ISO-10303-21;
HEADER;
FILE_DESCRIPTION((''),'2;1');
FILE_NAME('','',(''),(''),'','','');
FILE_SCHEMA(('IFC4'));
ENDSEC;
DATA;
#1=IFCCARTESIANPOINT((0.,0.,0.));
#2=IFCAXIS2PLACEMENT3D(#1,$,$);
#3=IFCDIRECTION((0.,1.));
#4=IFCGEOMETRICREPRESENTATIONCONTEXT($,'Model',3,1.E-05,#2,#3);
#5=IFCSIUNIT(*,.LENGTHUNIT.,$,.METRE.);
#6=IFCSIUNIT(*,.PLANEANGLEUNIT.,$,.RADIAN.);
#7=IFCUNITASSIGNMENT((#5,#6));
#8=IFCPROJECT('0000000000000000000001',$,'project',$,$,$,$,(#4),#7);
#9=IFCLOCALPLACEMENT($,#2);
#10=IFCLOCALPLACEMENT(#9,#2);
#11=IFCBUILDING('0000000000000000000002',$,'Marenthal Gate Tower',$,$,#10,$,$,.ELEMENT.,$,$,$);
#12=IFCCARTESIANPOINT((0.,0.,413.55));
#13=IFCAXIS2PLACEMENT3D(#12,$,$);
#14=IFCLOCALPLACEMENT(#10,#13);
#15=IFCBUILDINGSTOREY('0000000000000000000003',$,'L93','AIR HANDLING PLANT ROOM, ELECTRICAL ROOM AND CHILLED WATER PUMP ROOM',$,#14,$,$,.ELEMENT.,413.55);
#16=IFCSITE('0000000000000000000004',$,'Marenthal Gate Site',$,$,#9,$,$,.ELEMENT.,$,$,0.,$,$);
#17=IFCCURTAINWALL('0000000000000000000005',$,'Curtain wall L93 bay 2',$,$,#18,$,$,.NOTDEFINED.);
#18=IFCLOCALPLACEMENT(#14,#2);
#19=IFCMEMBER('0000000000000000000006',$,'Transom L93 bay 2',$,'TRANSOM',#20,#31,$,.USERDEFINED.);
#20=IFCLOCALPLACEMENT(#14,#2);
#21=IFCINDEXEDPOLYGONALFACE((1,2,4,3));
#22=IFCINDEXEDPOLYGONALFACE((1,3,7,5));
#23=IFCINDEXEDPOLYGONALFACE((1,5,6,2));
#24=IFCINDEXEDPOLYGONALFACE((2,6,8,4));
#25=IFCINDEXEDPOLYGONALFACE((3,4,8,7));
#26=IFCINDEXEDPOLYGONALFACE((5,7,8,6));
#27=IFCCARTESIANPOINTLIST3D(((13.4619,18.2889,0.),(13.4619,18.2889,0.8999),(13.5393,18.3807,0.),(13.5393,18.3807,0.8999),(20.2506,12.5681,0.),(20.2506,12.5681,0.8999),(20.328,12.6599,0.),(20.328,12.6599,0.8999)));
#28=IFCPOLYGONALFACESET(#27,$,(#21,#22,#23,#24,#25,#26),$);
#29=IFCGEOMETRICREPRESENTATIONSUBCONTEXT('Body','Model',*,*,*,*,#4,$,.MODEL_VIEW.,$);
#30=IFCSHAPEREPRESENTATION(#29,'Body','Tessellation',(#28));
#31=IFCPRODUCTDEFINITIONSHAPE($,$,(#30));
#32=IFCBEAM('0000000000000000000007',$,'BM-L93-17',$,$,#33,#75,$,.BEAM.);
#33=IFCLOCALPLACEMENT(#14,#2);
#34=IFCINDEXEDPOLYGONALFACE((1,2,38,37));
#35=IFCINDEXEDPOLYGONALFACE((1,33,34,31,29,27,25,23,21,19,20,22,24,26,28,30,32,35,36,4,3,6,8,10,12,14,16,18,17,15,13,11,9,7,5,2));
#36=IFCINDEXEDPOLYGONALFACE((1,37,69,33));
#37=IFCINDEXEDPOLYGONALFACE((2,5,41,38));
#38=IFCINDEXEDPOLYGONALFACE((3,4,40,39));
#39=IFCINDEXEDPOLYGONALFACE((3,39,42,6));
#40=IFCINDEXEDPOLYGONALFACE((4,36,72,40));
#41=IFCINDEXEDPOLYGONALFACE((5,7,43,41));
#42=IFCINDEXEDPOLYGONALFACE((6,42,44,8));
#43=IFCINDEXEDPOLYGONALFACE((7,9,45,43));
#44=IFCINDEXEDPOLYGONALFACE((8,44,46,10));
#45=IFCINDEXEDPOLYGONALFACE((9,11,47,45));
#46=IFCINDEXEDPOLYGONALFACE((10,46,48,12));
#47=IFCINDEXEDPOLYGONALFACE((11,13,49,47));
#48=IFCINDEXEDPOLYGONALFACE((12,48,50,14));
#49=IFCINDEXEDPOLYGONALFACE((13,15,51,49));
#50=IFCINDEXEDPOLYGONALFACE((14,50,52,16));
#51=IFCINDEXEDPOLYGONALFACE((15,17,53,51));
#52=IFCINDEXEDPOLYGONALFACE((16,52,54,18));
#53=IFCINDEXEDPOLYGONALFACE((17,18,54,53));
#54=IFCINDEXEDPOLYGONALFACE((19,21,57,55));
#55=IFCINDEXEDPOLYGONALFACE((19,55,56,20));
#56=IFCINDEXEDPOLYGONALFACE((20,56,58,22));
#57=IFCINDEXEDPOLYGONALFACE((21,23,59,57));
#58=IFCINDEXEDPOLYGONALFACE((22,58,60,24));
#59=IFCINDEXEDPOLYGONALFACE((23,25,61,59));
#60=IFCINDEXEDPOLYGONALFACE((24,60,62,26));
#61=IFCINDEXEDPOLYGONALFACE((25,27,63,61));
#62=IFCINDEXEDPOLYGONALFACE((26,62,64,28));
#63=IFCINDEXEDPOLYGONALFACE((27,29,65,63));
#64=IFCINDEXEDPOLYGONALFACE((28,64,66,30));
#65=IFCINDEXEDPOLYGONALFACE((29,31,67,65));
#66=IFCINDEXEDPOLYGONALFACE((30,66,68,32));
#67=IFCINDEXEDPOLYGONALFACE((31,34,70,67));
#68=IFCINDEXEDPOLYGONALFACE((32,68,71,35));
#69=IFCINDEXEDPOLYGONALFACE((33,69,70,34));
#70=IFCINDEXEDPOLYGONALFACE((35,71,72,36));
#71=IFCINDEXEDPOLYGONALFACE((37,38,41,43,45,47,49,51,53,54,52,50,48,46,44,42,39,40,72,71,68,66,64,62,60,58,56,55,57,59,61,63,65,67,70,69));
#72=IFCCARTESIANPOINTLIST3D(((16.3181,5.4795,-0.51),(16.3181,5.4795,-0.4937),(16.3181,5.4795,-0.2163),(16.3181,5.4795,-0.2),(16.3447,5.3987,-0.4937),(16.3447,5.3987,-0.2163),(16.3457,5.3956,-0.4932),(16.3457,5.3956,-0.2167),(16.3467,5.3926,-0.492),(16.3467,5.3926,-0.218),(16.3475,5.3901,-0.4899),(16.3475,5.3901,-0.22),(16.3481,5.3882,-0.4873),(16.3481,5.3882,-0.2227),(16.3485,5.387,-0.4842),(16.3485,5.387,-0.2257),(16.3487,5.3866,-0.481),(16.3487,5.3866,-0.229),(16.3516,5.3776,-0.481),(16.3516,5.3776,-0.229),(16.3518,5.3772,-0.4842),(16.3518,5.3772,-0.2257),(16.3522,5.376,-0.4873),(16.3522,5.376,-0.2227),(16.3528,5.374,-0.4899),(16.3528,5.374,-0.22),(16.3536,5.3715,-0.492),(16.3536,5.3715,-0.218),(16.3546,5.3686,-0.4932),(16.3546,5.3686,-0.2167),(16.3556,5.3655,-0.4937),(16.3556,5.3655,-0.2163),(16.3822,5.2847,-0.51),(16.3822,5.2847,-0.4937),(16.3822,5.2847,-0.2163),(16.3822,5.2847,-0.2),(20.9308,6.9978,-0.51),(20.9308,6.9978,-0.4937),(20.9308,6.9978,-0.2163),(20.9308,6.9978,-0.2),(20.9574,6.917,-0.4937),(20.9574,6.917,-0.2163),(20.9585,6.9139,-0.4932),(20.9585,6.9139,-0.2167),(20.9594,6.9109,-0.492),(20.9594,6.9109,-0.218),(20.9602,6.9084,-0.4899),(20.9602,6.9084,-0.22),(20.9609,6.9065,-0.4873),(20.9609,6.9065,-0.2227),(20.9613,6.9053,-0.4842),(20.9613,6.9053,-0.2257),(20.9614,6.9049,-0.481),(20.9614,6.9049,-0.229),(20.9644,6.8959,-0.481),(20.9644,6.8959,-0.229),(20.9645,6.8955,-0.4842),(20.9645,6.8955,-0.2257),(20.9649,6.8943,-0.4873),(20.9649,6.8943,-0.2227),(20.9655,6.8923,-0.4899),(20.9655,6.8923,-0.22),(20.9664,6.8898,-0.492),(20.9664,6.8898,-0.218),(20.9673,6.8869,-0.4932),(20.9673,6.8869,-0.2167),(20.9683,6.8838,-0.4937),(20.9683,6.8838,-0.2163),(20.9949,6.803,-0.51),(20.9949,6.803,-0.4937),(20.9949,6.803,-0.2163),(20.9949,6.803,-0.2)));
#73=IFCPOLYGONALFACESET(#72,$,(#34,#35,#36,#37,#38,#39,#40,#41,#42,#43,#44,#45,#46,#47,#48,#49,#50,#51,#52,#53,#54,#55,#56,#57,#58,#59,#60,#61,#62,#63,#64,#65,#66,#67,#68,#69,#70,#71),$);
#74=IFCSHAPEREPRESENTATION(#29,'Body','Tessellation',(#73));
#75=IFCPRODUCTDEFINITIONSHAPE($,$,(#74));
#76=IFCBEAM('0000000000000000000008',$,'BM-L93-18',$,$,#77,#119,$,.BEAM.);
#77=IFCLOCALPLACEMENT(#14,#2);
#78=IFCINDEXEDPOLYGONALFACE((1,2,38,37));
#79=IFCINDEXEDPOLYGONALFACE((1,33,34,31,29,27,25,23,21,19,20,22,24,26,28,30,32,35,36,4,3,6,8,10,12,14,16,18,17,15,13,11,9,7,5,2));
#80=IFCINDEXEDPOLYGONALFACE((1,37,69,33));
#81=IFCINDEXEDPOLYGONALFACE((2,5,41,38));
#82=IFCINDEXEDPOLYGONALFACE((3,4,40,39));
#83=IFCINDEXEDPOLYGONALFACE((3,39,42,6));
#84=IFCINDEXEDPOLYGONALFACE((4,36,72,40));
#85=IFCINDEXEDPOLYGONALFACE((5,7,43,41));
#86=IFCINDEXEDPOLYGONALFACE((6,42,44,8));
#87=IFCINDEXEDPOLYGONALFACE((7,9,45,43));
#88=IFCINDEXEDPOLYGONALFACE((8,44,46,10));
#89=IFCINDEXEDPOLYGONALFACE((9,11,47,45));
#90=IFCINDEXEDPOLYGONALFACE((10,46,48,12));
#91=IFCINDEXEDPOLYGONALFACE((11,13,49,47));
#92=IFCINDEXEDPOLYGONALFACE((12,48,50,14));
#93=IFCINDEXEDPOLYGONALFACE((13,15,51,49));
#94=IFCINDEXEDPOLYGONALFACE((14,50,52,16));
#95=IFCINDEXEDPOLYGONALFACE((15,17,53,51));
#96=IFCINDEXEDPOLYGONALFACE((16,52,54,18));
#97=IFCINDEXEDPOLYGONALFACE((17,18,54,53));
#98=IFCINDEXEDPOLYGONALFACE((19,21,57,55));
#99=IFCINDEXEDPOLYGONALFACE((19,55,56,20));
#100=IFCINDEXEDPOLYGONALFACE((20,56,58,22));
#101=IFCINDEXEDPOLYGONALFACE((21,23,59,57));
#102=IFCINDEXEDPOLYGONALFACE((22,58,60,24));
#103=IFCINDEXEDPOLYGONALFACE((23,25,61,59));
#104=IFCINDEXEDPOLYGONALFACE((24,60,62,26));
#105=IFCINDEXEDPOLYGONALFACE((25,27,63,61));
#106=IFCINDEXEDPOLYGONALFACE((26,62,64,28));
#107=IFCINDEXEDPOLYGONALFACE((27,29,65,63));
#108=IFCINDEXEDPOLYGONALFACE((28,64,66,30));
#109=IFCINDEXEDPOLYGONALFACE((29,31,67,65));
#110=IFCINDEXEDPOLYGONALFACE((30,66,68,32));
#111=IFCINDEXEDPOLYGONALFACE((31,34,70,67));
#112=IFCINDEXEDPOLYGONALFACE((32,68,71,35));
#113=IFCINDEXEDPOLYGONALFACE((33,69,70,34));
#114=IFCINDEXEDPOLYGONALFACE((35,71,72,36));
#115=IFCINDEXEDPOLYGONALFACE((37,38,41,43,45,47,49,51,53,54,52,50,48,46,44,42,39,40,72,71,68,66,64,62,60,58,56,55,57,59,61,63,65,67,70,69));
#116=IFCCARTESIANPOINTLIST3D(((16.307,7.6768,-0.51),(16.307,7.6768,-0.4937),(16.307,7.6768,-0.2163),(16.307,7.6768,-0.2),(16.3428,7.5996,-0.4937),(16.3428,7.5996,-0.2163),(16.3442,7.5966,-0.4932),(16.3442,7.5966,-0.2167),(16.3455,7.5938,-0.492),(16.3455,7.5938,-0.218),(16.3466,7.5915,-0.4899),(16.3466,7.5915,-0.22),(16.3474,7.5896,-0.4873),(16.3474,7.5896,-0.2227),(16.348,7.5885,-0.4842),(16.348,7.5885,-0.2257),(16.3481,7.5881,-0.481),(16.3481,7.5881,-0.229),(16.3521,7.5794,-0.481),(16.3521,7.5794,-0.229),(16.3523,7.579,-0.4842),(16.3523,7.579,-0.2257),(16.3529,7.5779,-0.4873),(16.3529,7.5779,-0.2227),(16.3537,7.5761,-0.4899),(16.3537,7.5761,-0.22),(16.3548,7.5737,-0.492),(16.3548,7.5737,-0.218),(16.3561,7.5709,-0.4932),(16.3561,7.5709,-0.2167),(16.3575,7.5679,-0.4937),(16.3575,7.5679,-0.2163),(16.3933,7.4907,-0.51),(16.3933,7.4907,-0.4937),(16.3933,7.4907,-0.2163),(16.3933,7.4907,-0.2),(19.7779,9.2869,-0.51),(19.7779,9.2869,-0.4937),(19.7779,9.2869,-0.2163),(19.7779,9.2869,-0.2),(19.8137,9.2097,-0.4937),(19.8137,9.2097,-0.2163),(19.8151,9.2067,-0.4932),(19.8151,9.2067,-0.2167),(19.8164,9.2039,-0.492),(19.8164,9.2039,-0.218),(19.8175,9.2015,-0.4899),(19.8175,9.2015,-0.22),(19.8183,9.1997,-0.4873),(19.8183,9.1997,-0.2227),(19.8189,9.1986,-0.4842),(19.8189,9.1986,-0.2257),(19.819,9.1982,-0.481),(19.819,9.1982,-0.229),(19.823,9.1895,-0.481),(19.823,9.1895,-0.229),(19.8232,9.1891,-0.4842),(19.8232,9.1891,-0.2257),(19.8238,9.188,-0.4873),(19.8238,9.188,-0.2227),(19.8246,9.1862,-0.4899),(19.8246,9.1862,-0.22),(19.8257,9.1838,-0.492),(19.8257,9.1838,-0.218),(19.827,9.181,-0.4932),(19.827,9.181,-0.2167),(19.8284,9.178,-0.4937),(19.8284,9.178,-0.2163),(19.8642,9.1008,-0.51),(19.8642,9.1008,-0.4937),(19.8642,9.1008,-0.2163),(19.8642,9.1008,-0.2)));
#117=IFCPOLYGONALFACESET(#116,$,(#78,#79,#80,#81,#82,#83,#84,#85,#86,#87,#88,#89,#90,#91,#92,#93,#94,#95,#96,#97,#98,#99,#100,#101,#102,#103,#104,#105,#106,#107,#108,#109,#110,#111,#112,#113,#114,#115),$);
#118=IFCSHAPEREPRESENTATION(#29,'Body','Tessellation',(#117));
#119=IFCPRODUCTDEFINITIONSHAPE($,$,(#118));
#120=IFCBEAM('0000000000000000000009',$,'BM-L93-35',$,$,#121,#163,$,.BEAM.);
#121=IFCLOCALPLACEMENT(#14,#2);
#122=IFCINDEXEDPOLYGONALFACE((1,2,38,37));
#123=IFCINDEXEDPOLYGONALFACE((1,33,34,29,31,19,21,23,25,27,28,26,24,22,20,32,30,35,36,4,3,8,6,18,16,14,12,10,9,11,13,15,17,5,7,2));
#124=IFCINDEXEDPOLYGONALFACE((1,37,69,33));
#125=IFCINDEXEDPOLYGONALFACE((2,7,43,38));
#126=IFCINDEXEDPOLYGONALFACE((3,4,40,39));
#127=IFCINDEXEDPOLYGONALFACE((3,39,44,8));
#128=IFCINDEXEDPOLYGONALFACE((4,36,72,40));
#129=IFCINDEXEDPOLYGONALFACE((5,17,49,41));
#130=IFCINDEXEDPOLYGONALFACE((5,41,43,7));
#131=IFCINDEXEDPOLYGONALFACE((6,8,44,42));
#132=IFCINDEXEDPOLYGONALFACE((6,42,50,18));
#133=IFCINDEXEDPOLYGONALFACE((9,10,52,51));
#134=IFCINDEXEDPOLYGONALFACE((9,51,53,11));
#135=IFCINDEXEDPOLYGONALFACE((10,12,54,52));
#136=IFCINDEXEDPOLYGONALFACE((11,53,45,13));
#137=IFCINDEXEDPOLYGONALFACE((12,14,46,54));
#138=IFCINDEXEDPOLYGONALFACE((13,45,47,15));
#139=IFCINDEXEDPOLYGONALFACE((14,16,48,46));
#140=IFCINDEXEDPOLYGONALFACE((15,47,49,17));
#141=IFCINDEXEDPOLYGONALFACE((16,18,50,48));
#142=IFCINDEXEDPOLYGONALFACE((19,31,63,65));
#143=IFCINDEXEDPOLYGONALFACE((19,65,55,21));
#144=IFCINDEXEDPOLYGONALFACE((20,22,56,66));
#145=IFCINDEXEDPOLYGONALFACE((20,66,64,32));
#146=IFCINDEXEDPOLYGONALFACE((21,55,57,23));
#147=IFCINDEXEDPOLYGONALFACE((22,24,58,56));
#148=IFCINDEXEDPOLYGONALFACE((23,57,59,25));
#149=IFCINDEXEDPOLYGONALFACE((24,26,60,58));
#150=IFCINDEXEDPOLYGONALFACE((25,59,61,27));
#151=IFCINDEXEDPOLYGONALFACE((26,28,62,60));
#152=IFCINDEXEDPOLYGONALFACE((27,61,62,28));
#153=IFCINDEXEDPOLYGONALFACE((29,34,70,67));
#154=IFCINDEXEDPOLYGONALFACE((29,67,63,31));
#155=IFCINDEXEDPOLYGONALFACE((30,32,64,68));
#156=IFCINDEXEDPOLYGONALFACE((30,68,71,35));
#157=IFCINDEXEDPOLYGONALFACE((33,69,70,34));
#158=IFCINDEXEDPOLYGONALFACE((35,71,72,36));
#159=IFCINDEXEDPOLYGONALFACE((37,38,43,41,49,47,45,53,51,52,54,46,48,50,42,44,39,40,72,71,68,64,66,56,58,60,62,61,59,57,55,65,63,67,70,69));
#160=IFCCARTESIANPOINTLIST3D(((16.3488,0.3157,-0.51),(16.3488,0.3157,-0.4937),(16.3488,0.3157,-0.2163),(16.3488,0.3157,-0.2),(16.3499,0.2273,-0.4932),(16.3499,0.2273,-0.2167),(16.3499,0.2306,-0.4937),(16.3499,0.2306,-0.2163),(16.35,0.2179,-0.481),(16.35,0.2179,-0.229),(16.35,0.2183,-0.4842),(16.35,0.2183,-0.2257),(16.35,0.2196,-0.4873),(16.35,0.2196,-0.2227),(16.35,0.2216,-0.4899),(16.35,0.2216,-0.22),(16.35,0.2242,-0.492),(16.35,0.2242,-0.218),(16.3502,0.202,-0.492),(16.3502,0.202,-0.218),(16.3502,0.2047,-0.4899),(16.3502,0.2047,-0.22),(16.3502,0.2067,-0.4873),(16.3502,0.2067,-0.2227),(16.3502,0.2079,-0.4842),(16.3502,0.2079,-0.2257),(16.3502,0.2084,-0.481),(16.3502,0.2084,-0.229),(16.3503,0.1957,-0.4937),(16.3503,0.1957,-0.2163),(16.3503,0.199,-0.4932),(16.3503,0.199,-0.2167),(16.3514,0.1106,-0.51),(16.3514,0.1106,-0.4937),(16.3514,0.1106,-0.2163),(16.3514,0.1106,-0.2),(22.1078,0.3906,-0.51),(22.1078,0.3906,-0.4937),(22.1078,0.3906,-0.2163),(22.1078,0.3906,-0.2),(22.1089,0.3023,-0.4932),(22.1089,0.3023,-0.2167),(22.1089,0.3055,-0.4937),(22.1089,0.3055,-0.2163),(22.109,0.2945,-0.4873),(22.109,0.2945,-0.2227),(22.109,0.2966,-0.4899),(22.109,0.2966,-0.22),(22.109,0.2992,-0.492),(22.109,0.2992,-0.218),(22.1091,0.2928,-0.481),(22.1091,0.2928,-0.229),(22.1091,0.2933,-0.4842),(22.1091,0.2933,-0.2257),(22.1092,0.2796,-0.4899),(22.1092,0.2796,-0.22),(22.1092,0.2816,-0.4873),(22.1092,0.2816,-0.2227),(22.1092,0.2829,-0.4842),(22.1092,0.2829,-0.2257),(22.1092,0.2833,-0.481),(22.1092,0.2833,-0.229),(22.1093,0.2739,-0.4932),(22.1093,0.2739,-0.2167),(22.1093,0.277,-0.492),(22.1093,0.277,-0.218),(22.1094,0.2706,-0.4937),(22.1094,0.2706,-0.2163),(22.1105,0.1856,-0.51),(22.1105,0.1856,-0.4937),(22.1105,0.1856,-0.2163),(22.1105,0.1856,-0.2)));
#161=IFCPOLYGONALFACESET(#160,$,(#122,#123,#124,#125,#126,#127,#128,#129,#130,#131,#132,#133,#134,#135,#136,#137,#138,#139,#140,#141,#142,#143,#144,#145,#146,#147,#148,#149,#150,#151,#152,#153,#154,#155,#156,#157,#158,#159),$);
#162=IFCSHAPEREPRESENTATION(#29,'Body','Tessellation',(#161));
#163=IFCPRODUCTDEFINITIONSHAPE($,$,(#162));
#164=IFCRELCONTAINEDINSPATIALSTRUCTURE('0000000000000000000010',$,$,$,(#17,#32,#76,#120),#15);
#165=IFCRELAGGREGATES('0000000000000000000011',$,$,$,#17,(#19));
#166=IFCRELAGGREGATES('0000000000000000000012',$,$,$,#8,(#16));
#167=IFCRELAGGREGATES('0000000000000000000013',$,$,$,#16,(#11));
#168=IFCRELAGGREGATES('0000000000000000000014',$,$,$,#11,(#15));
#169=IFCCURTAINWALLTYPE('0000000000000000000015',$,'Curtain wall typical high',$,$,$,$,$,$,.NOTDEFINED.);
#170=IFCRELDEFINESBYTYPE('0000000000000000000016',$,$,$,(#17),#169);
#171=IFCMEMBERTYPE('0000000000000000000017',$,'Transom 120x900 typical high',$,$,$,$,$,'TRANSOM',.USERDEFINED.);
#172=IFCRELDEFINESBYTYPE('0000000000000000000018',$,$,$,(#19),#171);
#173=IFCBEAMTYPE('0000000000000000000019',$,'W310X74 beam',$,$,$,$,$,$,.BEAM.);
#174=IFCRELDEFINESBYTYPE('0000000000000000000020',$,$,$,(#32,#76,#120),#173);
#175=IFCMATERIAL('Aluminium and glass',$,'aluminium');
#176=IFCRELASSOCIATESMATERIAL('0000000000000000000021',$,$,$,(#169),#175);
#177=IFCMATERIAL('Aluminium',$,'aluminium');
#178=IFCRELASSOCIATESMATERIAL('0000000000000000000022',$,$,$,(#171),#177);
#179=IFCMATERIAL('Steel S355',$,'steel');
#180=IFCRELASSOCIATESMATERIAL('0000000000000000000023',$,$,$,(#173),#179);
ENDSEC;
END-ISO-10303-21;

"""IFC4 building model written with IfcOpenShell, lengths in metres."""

from ifc_helpers import new_model, si_unit, direction, frame, origin, origin_2d, place, context, subcontext, project, spatial, rectangle, i_section, extrude, material, material_profile, profile_set, type_object, element, aggregate, save


model = new_model("IFC4")

# Units and contexts
model_context = context("Model", 3, precision=1e-05, world=origin(), true_north=direction((0.0, 1.0)))
body_context = subcontext(model_context, "Body", "Model", "MODEL_VIEW")
ifc_project = project(units=[si_unit("LENGTHUNIT", "METRE"), si_unit("PLANEANGLEUNIT", "RADIAN")], contexts=[model_context])

# Site, building, storey
site_placement = place(None, origin())
site = spatial("IfcSite", under=ifc_project, at=site_placement, Name="Marenthal Gate Site", CompositionType="ELEMENT", RefElevation=0.0)
building_placement = place(site_placement, origin())
building = spatial("IfcBuilding", under=site, at=building_placement, Name="Marenthal Gate Tower", CompositionType="ELEMENT")
storey_placement = place(building_placement, frame((0.0, 0.0, 413.55)))
storey = spatial("IfcBuildingStorey", under=building, at=storey_placement, Name="L93", Description="AIR HANDLING PLANT ROOM, ELECTRICAL ROOM AND CHILLED WATER PUMP ROOM", CompositionType="ELEMENT", Elevation=413.55)

# Curtain wall
ifc_material_1 = material(Name="Aluminium and glass", Category="aluminium")
curtain_wall_type_1 = type_object("IfcCurtainWallType", Name="Curtain wall typical high", PredefinedType="NOTDEFINED", material=ifc_material_1)
curtain_wall_1_placement = place(storey_placement, origin())
curtain_wall_1 = element("IfcCurtainWall", 1, at=curtain_wall_1_placement, inside=storey, type_object=curtain_wall_type_1, Name="Curtain wall L93 bay 2", PredefinedType="NOTDEFINED")

# Member
ifc_material_2 = material(Name="Aluminium", Category="aluminium")
ifc_material_profile_1 = material_profile(ifc_material_2, rectangle(XDim=0.1201, YDim=0.8999, at=origin_2d()), Name="120x900 aluminium transom")
ifc_profile_set_1 = profile_set([ifc_material_profile_1], Name="Aluminium")
member_type_1 = type_object("IfcMemberType", Name="Transom 120x900 typical high", ElementType="TRANSOM", PredefinedType="USERDEFINED", material=ifc_profile_set_1)
member_1_placement = place(storey_placement, frame((20.2893, 12.614, 0.45), z_axis=(-0.764689, 0.6444, 0.0), x_axis=(-0.6444, -0.764689, 0.0)))
member_1 = element("IfcMember", 2, at=member_1_placement, type_object=member_type_1, Name="Transom L93 bay 2", ObjectType="TRANSOM", PredefinedType="USERDEFINED", context=body_context, shape_type="SweptSolid", body=[
    extrude(rectangle(XDim=0.1201, YDim=0.8999, at=origin_2d()), origin(), (0.0, 0.0, 1.0), 8.8777),
])

# Beams
ifc_material_3 = material(Name="Steel S355", Category="steel")
ifc_material_profile_2 = material_profile(ifc_material_3, i_section(OverallWidth=0.2051, OverallDepth=0.3101, WebThickness=0.0095, FlangeThickness=0.0164, FilletRadius=0.0127, at=origin_2d()), Name="W310X74")
ifc_profile_set_2 = profile_set([ifc_material_profile_2], Name="Steel S355")
beam_type_1 = type_object("IfcBeamType", Name="W310X74 beam", PredefinedType="BEAM", material=ifc_profile_set_2)
beam_1_placement = place(storey_placement, frame((20.9629, 6.9004, -0.355), z_axis=(-0.949868, -0.312651, 0.0), x_axis=(0.312651, -0.949868, 0.0)))
element("IfcBeam", 3, at=beam_1_placement, inside=storey, type_object=beam_type_1, Name="BM-L93-17", PredefinedType="BEAM", context=body_context, shape_type="SweptSolid", body=[
    extrude(i_section(OverallWidth=0.2051, OverallDepth=0.3101, WebThickness=0.0095, FlangeThickness=0.0164, FilletRadius=0.0127, at=origin_2d()), origin(), (0.0, 0.0, 1.0), 4.8562),
])
beam_2_placement = place(storey_placement, frame((19.821, 9.1938, -0.355), z_axis=(-0.907149, -0.420809, 0.0), x_axis=(0.420809, -0.907149, 0.0)))
element("IfcBeam", 4, at=beam_2_placement, inside=storey, type_object=beam_type_1, Name="BM-L93-18", PredefinedType="BEAM", context=body_context, shape_type="SweptSolid", body=[
    extrude(i_section(OverallWidth=0.2051, OverallDepth=0.3101, WebThickness=0.0095, FlangeThickness=0.0164, FilletRadius=0.0127, at=origin_2d()), origin(), (0.0, 0.0, 1.0), 3.8262),
])
beam_3_placement = place(storey_placement, frame((22.1091, 0.2881, -0.355), z_axis=(-0.999915, -0.013013, 0.0), x_axis=(0.013013, -0.999915, 0.0)))
element("IfcBeam", 5, at=beam_3_placement, inside=storey, type_object=beam_type_1, Name="BM-L93-35", PredefinedType="BEAM", context=body_context, shape_type="SweptSolid", body=[
    extrude(i_section(OverallWidth=0.2051, OverallDepth=0.3101, WebThickness=0.0095, FlangeThickness=0.0164, FilletRadius=0.0127, at=origin_2d()), origin(), (0.0, 0.0, 1.0), 5.7595),
])

aggregate(curtain_wall_1, [member_1])

save(model, "model.ifc")
